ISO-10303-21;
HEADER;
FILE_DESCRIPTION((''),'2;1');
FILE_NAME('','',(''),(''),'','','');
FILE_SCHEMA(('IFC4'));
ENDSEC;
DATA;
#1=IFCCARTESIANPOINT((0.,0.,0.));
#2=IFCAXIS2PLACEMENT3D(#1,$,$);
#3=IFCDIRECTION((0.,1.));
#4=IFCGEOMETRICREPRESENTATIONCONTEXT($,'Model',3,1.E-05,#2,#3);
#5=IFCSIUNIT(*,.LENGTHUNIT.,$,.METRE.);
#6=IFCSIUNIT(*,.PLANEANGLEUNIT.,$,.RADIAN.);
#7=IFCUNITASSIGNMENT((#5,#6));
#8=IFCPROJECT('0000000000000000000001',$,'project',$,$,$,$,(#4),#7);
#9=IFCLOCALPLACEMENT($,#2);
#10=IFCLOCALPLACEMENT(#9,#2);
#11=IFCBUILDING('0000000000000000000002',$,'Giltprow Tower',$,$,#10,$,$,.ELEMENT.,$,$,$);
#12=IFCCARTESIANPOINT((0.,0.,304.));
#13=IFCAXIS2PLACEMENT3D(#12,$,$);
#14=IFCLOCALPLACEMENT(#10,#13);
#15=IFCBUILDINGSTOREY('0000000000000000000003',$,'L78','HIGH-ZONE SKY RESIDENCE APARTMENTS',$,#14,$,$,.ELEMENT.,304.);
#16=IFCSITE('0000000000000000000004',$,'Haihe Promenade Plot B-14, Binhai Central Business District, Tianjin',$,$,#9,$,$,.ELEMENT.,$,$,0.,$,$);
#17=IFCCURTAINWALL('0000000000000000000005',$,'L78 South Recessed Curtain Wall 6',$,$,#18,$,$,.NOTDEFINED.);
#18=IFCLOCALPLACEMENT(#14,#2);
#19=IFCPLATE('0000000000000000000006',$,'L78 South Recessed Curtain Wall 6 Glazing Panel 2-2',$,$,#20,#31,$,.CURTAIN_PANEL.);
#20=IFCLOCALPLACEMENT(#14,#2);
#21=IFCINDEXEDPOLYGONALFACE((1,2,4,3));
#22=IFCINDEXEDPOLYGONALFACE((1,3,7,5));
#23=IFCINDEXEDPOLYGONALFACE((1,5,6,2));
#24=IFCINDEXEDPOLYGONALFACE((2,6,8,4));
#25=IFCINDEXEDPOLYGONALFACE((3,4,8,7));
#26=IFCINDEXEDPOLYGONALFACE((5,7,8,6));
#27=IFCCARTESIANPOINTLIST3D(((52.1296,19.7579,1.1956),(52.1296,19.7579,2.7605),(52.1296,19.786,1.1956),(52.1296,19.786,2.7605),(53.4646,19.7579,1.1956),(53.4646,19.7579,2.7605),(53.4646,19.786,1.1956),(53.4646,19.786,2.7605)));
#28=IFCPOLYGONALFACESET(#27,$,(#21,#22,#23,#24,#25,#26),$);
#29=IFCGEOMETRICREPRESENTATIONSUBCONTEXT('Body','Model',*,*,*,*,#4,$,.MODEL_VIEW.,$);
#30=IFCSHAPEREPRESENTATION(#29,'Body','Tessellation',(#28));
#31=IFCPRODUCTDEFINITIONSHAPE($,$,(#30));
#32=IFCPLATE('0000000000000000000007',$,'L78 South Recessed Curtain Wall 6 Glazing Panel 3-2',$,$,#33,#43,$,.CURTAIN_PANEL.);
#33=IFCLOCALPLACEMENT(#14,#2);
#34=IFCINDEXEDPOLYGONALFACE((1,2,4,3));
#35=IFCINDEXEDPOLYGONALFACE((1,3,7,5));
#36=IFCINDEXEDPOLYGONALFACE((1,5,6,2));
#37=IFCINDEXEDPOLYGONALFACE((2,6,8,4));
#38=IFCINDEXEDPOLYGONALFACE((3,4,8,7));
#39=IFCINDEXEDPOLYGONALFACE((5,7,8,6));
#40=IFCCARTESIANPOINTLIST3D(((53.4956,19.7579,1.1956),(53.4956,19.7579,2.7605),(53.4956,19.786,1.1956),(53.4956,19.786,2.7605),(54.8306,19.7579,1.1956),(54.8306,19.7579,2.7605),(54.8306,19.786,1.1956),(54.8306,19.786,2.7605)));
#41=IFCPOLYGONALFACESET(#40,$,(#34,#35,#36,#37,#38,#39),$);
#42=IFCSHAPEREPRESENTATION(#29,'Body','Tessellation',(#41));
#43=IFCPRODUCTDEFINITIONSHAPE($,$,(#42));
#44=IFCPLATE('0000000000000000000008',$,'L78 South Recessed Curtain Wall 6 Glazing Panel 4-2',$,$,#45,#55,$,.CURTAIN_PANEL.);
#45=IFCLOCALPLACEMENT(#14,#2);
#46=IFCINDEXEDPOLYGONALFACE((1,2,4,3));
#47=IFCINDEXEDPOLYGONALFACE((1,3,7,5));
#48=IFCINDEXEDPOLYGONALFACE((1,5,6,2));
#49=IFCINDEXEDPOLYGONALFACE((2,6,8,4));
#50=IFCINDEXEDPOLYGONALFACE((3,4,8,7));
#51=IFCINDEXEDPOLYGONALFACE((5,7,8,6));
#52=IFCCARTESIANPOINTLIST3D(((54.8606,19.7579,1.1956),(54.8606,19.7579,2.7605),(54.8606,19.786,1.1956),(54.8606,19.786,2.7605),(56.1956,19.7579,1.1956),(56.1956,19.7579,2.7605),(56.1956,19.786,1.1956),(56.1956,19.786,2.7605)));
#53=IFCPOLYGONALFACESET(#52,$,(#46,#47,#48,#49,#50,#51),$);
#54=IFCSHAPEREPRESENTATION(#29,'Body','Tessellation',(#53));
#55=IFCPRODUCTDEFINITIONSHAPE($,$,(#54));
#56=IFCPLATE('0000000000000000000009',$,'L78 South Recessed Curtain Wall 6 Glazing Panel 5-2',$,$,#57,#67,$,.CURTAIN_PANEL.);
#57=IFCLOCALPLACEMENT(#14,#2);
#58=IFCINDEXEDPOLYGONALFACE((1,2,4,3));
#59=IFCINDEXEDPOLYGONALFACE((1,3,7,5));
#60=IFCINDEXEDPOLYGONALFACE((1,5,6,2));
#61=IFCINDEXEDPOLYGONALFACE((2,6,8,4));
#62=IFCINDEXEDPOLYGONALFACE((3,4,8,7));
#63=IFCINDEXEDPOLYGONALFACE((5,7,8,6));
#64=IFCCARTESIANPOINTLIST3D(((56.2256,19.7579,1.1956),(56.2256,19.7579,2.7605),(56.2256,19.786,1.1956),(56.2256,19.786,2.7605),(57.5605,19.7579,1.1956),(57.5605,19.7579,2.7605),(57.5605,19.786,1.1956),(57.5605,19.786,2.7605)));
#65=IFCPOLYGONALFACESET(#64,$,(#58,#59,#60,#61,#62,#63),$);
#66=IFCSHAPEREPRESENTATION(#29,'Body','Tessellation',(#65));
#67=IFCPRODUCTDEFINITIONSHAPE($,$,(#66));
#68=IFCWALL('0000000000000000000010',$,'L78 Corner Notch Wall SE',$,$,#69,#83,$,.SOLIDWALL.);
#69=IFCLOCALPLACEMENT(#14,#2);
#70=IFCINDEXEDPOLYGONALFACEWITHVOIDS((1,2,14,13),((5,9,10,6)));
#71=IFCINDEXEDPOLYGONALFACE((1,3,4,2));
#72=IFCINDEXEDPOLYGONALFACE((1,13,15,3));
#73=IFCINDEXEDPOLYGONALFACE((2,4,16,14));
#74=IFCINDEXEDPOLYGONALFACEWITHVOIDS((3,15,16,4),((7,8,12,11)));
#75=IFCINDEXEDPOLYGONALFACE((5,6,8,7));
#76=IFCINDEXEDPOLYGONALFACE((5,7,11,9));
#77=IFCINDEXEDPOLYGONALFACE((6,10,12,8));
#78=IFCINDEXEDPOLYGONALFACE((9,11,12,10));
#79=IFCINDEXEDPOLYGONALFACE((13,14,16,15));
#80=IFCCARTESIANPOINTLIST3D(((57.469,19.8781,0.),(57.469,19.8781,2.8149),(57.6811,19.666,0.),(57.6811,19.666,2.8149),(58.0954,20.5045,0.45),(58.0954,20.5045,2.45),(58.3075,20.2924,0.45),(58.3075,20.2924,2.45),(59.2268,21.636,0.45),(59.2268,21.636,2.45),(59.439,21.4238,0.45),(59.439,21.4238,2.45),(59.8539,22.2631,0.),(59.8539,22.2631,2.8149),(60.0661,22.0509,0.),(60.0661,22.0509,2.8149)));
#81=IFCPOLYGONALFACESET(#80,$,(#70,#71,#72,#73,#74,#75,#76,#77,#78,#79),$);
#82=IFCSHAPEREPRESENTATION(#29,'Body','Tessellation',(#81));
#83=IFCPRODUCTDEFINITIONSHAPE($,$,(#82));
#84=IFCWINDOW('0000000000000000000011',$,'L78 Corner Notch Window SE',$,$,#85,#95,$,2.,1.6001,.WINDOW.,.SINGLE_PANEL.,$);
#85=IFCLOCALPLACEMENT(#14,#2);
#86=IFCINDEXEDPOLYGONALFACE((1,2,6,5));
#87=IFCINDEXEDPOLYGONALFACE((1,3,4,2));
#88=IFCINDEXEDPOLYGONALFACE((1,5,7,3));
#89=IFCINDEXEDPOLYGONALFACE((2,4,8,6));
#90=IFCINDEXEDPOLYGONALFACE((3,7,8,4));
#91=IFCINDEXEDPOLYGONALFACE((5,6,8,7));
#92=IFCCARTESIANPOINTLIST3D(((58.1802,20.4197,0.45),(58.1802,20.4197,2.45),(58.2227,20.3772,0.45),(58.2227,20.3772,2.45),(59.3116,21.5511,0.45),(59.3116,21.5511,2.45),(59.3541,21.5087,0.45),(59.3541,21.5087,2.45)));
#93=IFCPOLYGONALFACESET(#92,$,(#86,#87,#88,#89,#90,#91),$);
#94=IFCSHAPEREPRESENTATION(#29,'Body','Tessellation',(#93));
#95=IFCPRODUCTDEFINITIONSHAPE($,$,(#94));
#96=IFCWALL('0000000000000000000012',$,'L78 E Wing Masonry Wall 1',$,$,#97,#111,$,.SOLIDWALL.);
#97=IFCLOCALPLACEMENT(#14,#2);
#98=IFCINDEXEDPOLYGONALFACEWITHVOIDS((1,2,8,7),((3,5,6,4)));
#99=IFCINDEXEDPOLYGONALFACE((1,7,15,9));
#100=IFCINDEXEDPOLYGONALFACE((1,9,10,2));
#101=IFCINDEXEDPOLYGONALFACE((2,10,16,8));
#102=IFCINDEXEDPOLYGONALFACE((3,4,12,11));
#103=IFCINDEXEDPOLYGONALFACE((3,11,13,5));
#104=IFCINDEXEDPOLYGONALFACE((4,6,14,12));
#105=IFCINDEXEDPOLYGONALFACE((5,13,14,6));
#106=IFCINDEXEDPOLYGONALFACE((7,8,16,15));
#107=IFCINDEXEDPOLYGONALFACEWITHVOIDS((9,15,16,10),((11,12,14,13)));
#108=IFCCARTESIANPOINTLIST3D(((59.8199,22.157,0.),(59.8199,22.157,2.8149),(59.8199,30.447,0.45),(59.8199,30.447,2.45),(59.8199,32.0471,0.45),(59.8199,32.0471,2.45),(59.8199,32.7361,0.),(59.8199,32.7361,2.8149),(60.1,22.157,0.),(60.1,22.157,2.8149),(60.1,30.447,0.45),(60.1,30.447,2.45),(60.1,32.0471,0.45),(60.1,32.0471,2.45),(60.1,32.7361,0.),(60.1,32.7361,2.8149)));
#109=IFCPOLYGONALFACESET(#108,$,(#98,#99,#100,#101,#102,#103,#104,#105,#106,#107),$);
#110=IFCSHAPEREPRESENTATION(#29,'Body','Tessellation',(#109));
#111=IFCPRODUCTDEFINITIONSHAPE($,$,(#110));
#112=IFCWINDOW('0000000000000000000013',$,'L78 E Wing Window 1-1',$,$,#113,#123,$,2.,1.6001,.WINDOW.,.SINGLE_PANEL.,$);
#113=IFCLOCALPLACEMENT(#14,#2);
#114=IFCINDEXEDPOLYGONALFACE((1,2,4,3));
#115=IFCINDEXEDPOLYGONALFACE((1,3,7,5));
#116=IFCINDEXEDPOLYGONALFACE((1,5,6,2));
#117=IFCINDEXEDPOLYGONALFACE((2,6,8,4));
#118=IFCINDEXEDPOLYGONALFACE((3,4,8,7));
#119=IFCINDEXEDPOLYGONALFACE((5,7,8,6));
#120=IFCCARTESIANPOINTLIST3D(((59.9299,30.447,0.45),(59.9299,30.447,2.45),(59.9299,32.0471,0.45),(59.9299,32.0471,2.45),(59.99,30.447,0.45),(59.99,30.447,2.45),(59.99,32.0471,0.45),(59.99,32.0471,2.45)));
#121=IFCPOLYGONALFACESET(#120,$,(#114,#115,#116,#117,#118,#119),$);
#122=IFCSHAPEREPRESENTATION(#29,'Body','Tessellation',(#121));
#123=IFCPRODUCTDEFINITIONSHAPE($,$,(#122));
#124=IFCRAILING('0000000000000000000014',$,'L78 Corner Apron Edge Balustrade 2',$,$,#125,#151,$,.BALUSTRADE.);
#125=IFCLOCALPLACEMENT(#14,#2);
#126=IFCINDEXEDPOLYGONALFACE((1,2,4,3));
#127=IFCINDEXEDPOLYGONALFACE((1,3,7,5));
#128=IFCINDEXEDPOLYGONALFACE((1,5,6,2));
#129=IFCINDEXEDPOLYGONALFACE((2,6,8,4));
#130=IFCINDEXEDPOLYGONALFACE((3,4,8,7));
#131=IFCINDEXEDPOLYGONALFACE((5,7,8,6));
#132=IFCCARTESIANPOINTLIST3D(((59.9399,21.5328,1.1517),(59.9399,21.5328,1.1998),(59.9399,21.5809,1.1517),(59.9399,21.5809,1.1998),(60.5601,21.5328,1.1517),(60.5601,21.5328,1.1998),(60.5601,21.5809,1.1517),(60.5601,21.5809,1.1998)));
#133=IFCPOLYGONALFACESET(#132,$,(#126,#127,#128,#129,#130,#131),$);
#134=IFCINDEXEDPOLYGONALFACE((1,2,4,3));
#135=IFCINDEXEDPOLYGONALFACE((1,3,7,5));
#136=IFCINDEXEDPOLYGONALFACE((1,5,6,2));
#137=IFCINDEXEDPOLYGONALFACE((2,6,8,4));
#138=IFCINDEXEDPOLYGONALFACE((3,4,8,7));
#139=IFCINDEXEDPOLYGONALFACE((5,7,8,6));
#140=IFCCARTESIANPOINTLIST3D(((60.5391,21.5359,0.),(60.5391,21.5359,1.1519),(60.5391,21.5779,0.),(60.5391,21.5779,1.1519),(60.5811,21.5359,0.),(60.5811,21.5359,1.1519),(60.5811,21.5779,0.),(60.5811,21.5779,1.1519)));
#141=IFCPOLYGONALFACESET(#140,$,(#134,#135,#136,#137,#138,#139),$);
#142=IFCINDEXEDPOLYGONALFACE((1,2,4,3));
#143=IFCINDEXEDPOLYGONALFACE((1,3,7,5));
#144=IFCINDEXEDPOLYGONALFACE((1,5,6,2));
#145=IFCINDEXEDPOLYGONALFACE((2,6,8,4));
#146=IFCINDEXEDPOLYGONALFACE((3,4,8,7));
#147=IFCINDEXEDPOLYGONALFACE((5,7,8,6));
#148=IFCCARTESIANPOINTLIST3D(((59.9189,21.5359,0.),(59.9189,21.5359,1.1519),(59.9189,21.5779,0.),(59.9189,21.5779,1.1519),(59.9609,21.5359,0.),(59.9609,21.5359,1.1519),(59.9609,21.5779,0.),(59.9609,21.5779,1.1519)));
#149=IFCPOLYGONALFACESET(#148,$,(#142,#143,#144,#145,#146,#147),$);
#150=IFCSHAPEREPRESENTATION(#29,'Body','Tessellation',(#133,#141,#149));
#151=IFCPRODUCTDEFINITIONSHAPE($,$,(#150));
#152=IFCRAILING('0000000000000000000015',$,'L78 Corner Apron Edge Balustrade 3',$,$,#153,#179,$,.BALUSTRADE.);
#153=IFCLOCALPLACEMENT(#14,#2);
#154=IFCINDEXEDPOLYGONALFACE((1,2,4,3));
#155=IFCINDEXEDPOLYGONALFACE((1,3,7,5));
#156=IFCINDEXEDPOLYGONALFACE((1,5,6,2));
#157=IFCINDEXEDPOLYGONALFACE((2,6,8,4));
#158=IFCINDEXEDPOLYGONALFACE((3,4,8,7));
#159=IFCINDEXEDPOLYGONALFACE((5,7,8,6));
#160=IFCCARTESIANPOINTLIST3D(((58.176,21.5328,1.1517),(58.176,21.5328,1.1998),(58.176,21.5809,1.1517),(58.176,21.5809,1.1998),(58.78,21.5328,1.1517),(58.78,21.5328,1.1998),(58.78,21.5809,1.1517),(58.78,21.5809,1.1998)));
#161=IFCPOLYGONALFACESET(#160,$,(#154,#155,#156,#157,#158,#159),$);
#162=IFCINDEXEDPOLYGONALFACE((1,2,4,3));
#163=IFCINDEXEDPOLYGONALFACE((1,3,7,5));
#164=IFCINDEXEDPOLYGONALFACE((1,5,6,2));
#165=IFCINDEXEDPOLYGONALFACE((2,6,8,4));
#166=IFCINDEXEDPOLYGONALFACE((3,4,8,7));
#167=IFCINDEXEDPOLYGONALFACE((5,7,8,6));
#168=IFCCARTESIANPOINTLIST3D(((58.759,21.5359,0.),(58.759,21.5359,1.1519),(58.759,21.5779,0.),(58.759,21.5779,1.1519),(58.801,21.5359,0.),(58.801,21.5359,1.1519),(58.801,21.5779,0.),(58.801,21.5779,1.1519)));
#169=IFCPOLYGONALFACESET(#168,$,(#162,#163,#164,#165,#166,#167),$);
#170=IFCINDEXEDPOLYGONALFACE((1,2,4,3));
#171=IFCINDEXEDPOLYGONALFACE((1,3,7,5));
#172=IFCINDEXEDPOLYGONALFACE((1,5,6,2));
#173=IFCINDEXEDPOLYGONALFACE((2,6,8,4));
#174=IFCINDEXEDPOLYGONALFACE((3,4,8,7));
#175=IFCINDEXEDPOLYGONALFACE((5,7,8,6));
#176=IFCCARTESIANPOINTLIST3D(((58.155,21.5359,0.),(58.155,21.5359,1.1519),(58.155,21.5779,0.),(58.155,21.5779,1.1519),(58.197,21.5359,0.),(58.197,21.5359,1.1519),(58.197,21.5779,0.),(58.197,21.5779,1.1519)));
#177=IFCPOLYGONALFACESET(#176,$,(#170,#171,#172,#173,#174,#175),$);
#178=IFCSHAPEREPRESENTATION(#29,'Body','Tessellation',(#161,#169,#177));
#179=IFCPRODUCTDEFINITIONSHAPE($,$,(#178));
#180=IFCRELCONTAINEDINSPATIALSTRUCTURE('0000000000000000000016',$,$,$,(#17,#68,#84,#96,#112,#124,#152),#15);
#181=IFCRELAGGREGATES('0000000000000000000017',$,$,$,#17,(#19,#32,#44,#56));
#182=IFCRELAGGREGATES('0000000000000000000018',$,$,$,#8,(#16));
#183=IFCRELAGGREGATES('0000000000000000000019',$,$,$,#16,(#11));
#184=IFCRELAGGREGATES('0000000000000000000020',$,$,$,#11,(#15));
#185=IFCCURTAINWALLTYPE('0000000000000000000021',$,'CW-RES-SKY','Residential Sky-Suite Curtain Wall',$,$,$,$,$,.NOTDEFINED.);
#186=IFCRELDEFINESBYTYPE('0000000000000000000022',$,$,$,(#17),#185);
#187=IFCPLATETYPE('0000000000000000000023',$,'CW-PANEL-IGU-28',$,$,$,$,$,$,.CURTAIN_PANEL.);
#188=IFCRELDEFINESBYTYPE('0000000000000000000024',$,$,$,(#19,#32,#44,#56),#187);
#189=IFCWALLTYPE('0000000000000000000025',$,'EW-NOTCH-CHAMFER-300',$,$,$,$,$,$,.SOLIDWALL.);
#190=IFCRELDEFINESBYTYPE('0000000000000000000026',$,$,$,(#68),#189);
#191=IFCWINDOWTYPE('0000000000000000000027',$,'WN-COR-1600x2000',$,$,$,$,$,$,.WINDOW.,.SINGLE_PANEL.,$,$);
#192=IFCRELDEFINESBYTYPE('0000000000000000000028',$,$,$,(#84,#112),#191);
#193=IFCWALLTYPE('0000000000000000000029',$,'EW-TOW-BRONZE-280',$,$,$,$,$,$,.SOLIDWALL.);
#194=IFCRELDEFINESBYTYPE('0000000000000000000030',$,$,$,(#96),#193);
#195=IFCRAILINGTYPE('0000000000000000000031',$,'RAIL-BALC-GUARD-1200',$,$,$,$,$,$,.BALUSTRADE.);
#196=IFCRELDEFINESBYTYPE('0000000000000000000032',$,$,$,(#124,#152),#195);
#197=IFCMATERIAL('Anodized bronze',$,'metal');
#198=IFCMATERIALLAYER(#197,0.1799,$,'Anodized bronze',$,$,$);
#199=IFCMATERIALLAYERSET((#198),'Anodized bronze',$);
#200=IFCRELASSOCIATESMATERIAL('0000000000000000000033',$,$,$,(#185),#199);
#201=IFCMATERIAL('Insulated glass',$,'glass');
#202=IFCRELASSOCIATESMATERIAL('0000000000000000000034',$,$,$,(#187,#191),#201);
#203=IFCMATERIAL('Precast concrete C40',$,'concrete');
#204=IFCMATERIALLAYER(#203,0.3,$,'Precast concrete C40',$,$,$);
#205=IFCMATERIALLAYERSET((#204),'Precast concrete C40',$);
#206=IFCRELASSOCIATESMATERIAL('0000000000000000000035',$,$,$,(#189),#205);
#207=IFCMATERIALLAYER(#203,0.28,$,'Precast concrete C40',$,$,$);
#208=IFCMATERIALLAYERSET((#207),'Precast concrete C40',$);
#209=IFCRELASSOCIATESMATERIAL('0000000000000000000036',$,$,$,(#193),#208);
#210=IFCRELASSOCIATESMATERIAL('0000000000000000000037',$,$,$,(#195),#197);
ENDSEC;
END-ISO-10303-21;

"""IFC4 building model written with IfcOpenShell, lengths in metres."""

from ifc_helpers import new_model, si_unit, direction, frame, frame_2d, origin, origin_2d, place, context, subcontext, project, spatial, rectangle, extrude, source, transform, mapped, material, layer, layer_set, type_object, element, fill, aggregate, save


model = new_model("IFC4")

# Units and contexts
model_context = context("Model", 3, precision=1e-05, world=origin(), true_north=direction((0.0, 1.0)))
body_context = subcontext(model_context, "Body", "Model", "MODEL_VIEW")
ifc_project = project(units=[si_unit("LENGTHUNIT", "METRE"), si_unit("PLANEANGLEUNIT", "RADIAN")], contexts=[model_context])

# Site, building, storey
site_placement = place(None, origin())
site = spatial("IfcSite", under=ifc_project, at=site_placement, Name="Haihe Promenade Plot B-14, Binhai Central Business District, Tianjin", CompositionType="ELEMENT", RefElevation=0.0)
building_placement = place(site_placement, origin())
building = spatial("IfcBuilding", under=site, at=building_placement, Name="Giltprow Tower", CompositionType="ELEMENT")
storey_placement = place(building_placement, frame((0.0, 0.0, 304.0)))
storey = spatial("IfcBuildingStorey", under=building, at=storey_placement, Name="L78", Description="HIGH-ZONE SKY RESIDENCE APARTMENTS", CompositionType="ELEMENT", Elevation=304.0)

# Curtain wall
ifc_material_1 = material(Name="Anodized bronze", Category="metal")
ifc_layer_1 = layer(ifc_material_1, 0.1799, Name="Anodized bronze")
ifc_layer_set_1 = layer_set([ifc_layer_1], Name="Anodized bronze")
curtain_wall_type = type_object("IfcCurtainWallType", Name="CW-RES-SKY", Description="Residential Sky-Suite Curtain Wall", PredefinedType="NOTDEFINED", material=ifc_layer_set_1)
curtain_wall_placement = place(storey_placement, origin())
curtain_wall = element("IfcCurtainWall", 1, at=curtain_wall_placement, inside=storey, type_object=curtain_wall_type, Name="L78 South Recessed Curtain Wall 6", PredefinedType="NOTDEFINED")

# Plates
ifc_material_2 = material(Name="Insulated glass", Category="glass")
plate_type_1 = type_object("IfcPlateType", Name="CW-PANEL-IGU-28", PredefinedType="CURTAIN_PANEL", material=ifc_material_2)
shared_shape_1 = source(origin(), body_context, "Body", "SweptSolid", [
    extrude(rectangle(XDim=1.335, YDim=0.0281, at=origin_2d()), origin(), (0.0, 0.0, 1.0), 1.5649),
])
plate_1_placement = place(storey_placement, frame((52.7971, 19.772, 1.1956), z_axis=(0.0, 0.0, 1.0), x_axis=(1.0, 0.0, 0.0)))
plate_1 = element("IfcPlate", 2, at=plate_1_placement, type_object=plate_type_1, Name="L78 South Recessed Curtain Wall 6 Glazing Panel 2-2", PredefinedType="CURTAIN_PANEL", context=body_context, shape_type="MappedRepresentation", body=[
    mapped(shared_shape_1, transform((0.0, 0.0, 0.0), x_axis=(1.0, 0.0, 0.0), y_axis=(0.0, 1.0, 0.0), z_axis=(0.0, 0.0, 1.0), scale=1.0)),
])
plate_2_placement = place(storey_placement, frame((54.1631, 19.772, 1.1956), z_axis=(0.0, 0.0, 1.0), x_axis=(1.0, 0.0, 0.0)))
plate_2 = element("IfcPlate", 3, at=plate_2_placement, type_object=plate_type_1, Name="L78 South Recessed Curtain Wall 6 Glazing Panel 3-2", PredefinedType="CURTAIN_PANEL", context=body_context, shape_type="MappedRepresentation", body=[
    mapped(shared_shape_1, transform((0.0, 0.0, 0.0), x_axis=(1.0, 0.0, 0.0), y_axis=(0.0, 1.0, 0.0), z_axis=(0.0, 0.0, 1.0), scale=1.0)),
])
plate_3_placement = place(storey_placement, frame((55.5281, 19.772, 1.1956), z_axis=(0.0, 0.0, 1.0), x_axis=(1.0, 0.0, 0.0)))
plate_3 = element("IfcPlate", 4, at=plate_3_placement, type_object=plate_type_1, Name="L78 South Recessed Curtain Wall 6 Glazing Panel 4-2", PredefinedType="CURTAIN_PANEL", context=body_context, shape_type="MappedRepresentation", body=[
    mapped(shared_shape_1, transform((0.0, 0.0, 0.0), x_axis=(1.0, 0.0, 0.0), y_axis=(0.0, 1.0, 0.0), z_axis=(0.0, 0.0, 1.0), scale=1.0)),
])
plate_4_placement = place(storey_placement, frame((56.8931, 19.772, 1.1956), z_axis=(0.0, 0.0, 1.0), x_axis=(1.0, 0.0, 0.0)))
plate_4 = element("IfcPlate", 5, at=plate_4_placement, type_object=plate_type_1, Name="L78 South Recessed Curtain Wall 6 Glazing Panel 5-2", PredefinedType="CURTAIN_PANEL", context=body_context, shape_type="MappedRepresentation", body=[
    mapped(shared_shape_1, transform((0.0, 0.0, 0.0), x_axis=(1.0, 0.0, 0.0), y_axis=(0.0, 1.0, 0.0), z_axis=(0.0, 0.0, 1.0), scale=1.0)),
])
aggregate(curtain_wall, [plate_1, plate_2, plate_3, plate_4])

# Walls, openings, windows
ifc_material_3 = material(Name="Precast concrete C40", Category="concrete")
ifc_layer_2 = layer(ifc_material_3, 0.3, Name="Precast concrete C40")
ifc_layer_set_2 = layer_set([ifc_layer_2], Name="Precast concrete C40")
wall_type_1 = type_object("IfcWallType", Name="EW-NOTCH-CHAMFER-300", PredefinedType="SOLIDWALL", material=ifc_layer_set_2)
wall_1_placement = place(storey_placement, frame((57.575, 19.772, 0.0), z_axis=(0.0, 0.0, 1.0), x_axis=(0.707107, 0.707107, 0.0)))
wall_1 = element("IfcWall", 6, at=wall_1_placement, inside=storey, type_object=wall_type_1, Name="L78 Corner Notch Wall SE", PredefinedType="SOLIDWALL", context=body_context, shape_type="SweptSolid", body=[
    extrude(rectangle(XDim=3.3728, YDim=0.3, at=frame_2d((1.6865, 0.0))), origin(), (0.0, 0.0, 1.0), 2.8149),
])
opening_1_placement = place(wall_1_placement, frame((0.886, 0.0, 0.45)))
opening_1 = element("IfcOpeningElement", 7, at=opening_1_placement, cuts=wall_1, PredefinedType="OPENING", context=body_context, shape_type="SweptSolid", body=[
    extrude(rectangle(XDim=1.6001, YDim=2.0, at=frame_2d((0.8, 1.0))), frame((0.0, 0.1599, 0.0), z_axis=(0.0, -1.0, 0.0), x_axis=(1.0, 0.0, 0.0)), (0.0, 0.0, 1.0), 0.3201),
])
window_type = type_object("IfcWindowType", Name="WN-COR-1600x2000", PartitioningType="SINGLE_PANEL", PredefinedType="WINDOW", material=ifc_material_2)
shared_shape_2 = source(origin(), body_context, "Body", "SweptSolid", [
    extrude(rectangle(XDim=1.6001, YDim=2.0, at=frame_2d((0.8, 1.0))), frame((0.0, 0.03, 0.0), z_axis=(0.0, -1.0, 0.0), x_axis=(1.0, 0.0, 0.0)), (0.0, 0.0, 1.0), 0.0601),
])
window_1_placement = place(opening_1_placement, origin())
window_1 = element("IfcWindow", 8, at=window_1_placement, inside=storey, type_object=window_type, Name="L78 Corner Notch Window SE", OverallHeight=2.0, OverallWidth=1.6001, PartitioningType="SINGLE_PANEL", PredefinedType="WINDOW", context=body_context, shape_type="MappedRepresentation", body=[
    mapped(shared_shape_2, transform((0.0, 0.0, 0.0), x_axis=(1.0, 0.0, 0.0), y_axis=(0.0, 1.0, 0.0), z_axis=(0.0, 0.0, 1.0), scale=1.0)),
])
fill(opening_1, window_1)
ifc_layer_3 = layer(ifc_material_3, 0.28, Name="Precast concrete C40")
ifc_layer_set_3 = layer_set([ifc_layer_3], Name="Precast concrete C40")
wall_type_2 = type_object("IfcWallType", Name="EW-TOW-BRONZE-280", PredefinedType="SOLIDWALL", material=ifc_layer_set_3)
wall_2_placement = place(storey_placement, frame((59.96, 22.157, 0.0), z_axis=(0.0, 0.0, 1.0), x_axis=(0.0, 1.0, 0.0)))
wall_2 = element("IfcWall", 9, at=wall_2_placement, inside=storey, type_object=wall_type_2, Name="L78 E Wing Masonry Wall 1", PredefinedType="SOLIDWALL", context=body_context, shape_type="SweptSolid", body=[
    extrude(rectangle(XDim=10.5791, YDim=0.28, at=frame_2d((5.2896, 0.0))), origin(), (0.0, 0.0, 1.0), 2.8149),
])
opening_2_placement = place(wall_2_placement, frame((8.29, 0.0, 0.45)))
opening_2 = element("IfcOpeningElement", 10, at=opening_2_placement, cuts=wall_2, PredefinedType="OPENING", context=body_context, shape_type="SweptSolid", body=[
    extrude(rectangle(XDim=1.6001, YDim=2.0, at=frame_2d((0.8, 1.0))), frame((0.0, 0.1499, 0.0), z_axis=(0.0, -1.0, 0.0), x_axis=(1.0, 0.0, 0.0)), (0.0, 0.0, 1.0), 0.3),
])
window_2_placement = place(opening_2_placement, origin())
window_2 = element("IfcWindow", 11, at=window_2_placement, inside=storey, type_object=window_type, Name="L78 E Wing Window 1-1", OverallHeight=2.0, OverallWidth=1.6001, PartitioningType="SINGLE_PANEL", PredefinedType="WINDOW", context=body_context, shape_type="MappedRepresentation", body=[
    mapped(shared_shape_2, transform((0.0, 0.0, 0.0), x_axis=(1.0, 0.0, 0.0), y_axis=(0.0, 1.0, 0.0), z_axis=(0.0, 0.0, 1.0), scale=1.0)),
])
fill(opening_2, window_2)

# Railings
railing_type = type_object("IfcRailingType", Name="RAIL-BALC-GUARD-1200", PredefinedType="BALUSTRADE", material=ifc_material_1)
railing_1_placement = place(storey_placement, frame((60.5601, 21.5569, 0.0)))
element("IfcRailing", 12, at=railing_1_placement, inside=storey, type_object=railing_type, Name="L78 Corner Apron Edge Balustrade 2", PredefinedType="BALUSTRADE", context=body_context, shape_type="SweptSolid", body=[
    extrude(rectangle(XDim=0.0481, YDim=0.0481, at=origin_2d()), frame((0.0, 0.0, 1.1758), z_axis=(-1.0, 0.0, 0.0), x_axis=(0.0, -1.0, 0.0)), (0.0, 0.0, 1.0), 0.6201),
    extrude(rectangle(XDim=0.042, YDim=0.042, at=origin_2d()), origin(), (0.0, 0.0, 1.0), 1.1519),
    extrude(rectangle(XDim=0.042, YDim=0.042, at=origin_2d()), frame((-0.6201, 0.0, 0.0)), (0.0, 0.0, 1.0), 1.1519),
])
railing_2_placement = place(storey_placement, frame((58.78, 21.5569, 0.0)))
element("IfcRailing", 13, at=railing_2_placement, inside=storey, type_object=railing_type, Name="L78 Corner Apron Edge Balustrade 3", PredefinedType="BALUSTRADE", context=body_context, shape_type="SweptSolid", body=[
    extrude(rectangle(XDim=0.0481, YDim=0.0481, at=origin_2d()), frame((0.0, 0.0, 1.1758), z_axis=(-1.0, 0.0, 0.0), x_axis=(0.0, -1.0, 0.0)), (0.0, 0.0, 1.0), 0.604),
    extrude(rectangle(XDim=0.042, YDim=0.042, at=origin_2d()), origin(), (0.0, 0.0, 1.0), 1.1519),
    extrude(rectangle(XDim=0.042, YDim=0.042, at=origin_2d()), frame((-0.604, 0.0, 0.0)), (0.0, 0.0, 1.0), 1.1519),
])

save(model, "model.ifc")
